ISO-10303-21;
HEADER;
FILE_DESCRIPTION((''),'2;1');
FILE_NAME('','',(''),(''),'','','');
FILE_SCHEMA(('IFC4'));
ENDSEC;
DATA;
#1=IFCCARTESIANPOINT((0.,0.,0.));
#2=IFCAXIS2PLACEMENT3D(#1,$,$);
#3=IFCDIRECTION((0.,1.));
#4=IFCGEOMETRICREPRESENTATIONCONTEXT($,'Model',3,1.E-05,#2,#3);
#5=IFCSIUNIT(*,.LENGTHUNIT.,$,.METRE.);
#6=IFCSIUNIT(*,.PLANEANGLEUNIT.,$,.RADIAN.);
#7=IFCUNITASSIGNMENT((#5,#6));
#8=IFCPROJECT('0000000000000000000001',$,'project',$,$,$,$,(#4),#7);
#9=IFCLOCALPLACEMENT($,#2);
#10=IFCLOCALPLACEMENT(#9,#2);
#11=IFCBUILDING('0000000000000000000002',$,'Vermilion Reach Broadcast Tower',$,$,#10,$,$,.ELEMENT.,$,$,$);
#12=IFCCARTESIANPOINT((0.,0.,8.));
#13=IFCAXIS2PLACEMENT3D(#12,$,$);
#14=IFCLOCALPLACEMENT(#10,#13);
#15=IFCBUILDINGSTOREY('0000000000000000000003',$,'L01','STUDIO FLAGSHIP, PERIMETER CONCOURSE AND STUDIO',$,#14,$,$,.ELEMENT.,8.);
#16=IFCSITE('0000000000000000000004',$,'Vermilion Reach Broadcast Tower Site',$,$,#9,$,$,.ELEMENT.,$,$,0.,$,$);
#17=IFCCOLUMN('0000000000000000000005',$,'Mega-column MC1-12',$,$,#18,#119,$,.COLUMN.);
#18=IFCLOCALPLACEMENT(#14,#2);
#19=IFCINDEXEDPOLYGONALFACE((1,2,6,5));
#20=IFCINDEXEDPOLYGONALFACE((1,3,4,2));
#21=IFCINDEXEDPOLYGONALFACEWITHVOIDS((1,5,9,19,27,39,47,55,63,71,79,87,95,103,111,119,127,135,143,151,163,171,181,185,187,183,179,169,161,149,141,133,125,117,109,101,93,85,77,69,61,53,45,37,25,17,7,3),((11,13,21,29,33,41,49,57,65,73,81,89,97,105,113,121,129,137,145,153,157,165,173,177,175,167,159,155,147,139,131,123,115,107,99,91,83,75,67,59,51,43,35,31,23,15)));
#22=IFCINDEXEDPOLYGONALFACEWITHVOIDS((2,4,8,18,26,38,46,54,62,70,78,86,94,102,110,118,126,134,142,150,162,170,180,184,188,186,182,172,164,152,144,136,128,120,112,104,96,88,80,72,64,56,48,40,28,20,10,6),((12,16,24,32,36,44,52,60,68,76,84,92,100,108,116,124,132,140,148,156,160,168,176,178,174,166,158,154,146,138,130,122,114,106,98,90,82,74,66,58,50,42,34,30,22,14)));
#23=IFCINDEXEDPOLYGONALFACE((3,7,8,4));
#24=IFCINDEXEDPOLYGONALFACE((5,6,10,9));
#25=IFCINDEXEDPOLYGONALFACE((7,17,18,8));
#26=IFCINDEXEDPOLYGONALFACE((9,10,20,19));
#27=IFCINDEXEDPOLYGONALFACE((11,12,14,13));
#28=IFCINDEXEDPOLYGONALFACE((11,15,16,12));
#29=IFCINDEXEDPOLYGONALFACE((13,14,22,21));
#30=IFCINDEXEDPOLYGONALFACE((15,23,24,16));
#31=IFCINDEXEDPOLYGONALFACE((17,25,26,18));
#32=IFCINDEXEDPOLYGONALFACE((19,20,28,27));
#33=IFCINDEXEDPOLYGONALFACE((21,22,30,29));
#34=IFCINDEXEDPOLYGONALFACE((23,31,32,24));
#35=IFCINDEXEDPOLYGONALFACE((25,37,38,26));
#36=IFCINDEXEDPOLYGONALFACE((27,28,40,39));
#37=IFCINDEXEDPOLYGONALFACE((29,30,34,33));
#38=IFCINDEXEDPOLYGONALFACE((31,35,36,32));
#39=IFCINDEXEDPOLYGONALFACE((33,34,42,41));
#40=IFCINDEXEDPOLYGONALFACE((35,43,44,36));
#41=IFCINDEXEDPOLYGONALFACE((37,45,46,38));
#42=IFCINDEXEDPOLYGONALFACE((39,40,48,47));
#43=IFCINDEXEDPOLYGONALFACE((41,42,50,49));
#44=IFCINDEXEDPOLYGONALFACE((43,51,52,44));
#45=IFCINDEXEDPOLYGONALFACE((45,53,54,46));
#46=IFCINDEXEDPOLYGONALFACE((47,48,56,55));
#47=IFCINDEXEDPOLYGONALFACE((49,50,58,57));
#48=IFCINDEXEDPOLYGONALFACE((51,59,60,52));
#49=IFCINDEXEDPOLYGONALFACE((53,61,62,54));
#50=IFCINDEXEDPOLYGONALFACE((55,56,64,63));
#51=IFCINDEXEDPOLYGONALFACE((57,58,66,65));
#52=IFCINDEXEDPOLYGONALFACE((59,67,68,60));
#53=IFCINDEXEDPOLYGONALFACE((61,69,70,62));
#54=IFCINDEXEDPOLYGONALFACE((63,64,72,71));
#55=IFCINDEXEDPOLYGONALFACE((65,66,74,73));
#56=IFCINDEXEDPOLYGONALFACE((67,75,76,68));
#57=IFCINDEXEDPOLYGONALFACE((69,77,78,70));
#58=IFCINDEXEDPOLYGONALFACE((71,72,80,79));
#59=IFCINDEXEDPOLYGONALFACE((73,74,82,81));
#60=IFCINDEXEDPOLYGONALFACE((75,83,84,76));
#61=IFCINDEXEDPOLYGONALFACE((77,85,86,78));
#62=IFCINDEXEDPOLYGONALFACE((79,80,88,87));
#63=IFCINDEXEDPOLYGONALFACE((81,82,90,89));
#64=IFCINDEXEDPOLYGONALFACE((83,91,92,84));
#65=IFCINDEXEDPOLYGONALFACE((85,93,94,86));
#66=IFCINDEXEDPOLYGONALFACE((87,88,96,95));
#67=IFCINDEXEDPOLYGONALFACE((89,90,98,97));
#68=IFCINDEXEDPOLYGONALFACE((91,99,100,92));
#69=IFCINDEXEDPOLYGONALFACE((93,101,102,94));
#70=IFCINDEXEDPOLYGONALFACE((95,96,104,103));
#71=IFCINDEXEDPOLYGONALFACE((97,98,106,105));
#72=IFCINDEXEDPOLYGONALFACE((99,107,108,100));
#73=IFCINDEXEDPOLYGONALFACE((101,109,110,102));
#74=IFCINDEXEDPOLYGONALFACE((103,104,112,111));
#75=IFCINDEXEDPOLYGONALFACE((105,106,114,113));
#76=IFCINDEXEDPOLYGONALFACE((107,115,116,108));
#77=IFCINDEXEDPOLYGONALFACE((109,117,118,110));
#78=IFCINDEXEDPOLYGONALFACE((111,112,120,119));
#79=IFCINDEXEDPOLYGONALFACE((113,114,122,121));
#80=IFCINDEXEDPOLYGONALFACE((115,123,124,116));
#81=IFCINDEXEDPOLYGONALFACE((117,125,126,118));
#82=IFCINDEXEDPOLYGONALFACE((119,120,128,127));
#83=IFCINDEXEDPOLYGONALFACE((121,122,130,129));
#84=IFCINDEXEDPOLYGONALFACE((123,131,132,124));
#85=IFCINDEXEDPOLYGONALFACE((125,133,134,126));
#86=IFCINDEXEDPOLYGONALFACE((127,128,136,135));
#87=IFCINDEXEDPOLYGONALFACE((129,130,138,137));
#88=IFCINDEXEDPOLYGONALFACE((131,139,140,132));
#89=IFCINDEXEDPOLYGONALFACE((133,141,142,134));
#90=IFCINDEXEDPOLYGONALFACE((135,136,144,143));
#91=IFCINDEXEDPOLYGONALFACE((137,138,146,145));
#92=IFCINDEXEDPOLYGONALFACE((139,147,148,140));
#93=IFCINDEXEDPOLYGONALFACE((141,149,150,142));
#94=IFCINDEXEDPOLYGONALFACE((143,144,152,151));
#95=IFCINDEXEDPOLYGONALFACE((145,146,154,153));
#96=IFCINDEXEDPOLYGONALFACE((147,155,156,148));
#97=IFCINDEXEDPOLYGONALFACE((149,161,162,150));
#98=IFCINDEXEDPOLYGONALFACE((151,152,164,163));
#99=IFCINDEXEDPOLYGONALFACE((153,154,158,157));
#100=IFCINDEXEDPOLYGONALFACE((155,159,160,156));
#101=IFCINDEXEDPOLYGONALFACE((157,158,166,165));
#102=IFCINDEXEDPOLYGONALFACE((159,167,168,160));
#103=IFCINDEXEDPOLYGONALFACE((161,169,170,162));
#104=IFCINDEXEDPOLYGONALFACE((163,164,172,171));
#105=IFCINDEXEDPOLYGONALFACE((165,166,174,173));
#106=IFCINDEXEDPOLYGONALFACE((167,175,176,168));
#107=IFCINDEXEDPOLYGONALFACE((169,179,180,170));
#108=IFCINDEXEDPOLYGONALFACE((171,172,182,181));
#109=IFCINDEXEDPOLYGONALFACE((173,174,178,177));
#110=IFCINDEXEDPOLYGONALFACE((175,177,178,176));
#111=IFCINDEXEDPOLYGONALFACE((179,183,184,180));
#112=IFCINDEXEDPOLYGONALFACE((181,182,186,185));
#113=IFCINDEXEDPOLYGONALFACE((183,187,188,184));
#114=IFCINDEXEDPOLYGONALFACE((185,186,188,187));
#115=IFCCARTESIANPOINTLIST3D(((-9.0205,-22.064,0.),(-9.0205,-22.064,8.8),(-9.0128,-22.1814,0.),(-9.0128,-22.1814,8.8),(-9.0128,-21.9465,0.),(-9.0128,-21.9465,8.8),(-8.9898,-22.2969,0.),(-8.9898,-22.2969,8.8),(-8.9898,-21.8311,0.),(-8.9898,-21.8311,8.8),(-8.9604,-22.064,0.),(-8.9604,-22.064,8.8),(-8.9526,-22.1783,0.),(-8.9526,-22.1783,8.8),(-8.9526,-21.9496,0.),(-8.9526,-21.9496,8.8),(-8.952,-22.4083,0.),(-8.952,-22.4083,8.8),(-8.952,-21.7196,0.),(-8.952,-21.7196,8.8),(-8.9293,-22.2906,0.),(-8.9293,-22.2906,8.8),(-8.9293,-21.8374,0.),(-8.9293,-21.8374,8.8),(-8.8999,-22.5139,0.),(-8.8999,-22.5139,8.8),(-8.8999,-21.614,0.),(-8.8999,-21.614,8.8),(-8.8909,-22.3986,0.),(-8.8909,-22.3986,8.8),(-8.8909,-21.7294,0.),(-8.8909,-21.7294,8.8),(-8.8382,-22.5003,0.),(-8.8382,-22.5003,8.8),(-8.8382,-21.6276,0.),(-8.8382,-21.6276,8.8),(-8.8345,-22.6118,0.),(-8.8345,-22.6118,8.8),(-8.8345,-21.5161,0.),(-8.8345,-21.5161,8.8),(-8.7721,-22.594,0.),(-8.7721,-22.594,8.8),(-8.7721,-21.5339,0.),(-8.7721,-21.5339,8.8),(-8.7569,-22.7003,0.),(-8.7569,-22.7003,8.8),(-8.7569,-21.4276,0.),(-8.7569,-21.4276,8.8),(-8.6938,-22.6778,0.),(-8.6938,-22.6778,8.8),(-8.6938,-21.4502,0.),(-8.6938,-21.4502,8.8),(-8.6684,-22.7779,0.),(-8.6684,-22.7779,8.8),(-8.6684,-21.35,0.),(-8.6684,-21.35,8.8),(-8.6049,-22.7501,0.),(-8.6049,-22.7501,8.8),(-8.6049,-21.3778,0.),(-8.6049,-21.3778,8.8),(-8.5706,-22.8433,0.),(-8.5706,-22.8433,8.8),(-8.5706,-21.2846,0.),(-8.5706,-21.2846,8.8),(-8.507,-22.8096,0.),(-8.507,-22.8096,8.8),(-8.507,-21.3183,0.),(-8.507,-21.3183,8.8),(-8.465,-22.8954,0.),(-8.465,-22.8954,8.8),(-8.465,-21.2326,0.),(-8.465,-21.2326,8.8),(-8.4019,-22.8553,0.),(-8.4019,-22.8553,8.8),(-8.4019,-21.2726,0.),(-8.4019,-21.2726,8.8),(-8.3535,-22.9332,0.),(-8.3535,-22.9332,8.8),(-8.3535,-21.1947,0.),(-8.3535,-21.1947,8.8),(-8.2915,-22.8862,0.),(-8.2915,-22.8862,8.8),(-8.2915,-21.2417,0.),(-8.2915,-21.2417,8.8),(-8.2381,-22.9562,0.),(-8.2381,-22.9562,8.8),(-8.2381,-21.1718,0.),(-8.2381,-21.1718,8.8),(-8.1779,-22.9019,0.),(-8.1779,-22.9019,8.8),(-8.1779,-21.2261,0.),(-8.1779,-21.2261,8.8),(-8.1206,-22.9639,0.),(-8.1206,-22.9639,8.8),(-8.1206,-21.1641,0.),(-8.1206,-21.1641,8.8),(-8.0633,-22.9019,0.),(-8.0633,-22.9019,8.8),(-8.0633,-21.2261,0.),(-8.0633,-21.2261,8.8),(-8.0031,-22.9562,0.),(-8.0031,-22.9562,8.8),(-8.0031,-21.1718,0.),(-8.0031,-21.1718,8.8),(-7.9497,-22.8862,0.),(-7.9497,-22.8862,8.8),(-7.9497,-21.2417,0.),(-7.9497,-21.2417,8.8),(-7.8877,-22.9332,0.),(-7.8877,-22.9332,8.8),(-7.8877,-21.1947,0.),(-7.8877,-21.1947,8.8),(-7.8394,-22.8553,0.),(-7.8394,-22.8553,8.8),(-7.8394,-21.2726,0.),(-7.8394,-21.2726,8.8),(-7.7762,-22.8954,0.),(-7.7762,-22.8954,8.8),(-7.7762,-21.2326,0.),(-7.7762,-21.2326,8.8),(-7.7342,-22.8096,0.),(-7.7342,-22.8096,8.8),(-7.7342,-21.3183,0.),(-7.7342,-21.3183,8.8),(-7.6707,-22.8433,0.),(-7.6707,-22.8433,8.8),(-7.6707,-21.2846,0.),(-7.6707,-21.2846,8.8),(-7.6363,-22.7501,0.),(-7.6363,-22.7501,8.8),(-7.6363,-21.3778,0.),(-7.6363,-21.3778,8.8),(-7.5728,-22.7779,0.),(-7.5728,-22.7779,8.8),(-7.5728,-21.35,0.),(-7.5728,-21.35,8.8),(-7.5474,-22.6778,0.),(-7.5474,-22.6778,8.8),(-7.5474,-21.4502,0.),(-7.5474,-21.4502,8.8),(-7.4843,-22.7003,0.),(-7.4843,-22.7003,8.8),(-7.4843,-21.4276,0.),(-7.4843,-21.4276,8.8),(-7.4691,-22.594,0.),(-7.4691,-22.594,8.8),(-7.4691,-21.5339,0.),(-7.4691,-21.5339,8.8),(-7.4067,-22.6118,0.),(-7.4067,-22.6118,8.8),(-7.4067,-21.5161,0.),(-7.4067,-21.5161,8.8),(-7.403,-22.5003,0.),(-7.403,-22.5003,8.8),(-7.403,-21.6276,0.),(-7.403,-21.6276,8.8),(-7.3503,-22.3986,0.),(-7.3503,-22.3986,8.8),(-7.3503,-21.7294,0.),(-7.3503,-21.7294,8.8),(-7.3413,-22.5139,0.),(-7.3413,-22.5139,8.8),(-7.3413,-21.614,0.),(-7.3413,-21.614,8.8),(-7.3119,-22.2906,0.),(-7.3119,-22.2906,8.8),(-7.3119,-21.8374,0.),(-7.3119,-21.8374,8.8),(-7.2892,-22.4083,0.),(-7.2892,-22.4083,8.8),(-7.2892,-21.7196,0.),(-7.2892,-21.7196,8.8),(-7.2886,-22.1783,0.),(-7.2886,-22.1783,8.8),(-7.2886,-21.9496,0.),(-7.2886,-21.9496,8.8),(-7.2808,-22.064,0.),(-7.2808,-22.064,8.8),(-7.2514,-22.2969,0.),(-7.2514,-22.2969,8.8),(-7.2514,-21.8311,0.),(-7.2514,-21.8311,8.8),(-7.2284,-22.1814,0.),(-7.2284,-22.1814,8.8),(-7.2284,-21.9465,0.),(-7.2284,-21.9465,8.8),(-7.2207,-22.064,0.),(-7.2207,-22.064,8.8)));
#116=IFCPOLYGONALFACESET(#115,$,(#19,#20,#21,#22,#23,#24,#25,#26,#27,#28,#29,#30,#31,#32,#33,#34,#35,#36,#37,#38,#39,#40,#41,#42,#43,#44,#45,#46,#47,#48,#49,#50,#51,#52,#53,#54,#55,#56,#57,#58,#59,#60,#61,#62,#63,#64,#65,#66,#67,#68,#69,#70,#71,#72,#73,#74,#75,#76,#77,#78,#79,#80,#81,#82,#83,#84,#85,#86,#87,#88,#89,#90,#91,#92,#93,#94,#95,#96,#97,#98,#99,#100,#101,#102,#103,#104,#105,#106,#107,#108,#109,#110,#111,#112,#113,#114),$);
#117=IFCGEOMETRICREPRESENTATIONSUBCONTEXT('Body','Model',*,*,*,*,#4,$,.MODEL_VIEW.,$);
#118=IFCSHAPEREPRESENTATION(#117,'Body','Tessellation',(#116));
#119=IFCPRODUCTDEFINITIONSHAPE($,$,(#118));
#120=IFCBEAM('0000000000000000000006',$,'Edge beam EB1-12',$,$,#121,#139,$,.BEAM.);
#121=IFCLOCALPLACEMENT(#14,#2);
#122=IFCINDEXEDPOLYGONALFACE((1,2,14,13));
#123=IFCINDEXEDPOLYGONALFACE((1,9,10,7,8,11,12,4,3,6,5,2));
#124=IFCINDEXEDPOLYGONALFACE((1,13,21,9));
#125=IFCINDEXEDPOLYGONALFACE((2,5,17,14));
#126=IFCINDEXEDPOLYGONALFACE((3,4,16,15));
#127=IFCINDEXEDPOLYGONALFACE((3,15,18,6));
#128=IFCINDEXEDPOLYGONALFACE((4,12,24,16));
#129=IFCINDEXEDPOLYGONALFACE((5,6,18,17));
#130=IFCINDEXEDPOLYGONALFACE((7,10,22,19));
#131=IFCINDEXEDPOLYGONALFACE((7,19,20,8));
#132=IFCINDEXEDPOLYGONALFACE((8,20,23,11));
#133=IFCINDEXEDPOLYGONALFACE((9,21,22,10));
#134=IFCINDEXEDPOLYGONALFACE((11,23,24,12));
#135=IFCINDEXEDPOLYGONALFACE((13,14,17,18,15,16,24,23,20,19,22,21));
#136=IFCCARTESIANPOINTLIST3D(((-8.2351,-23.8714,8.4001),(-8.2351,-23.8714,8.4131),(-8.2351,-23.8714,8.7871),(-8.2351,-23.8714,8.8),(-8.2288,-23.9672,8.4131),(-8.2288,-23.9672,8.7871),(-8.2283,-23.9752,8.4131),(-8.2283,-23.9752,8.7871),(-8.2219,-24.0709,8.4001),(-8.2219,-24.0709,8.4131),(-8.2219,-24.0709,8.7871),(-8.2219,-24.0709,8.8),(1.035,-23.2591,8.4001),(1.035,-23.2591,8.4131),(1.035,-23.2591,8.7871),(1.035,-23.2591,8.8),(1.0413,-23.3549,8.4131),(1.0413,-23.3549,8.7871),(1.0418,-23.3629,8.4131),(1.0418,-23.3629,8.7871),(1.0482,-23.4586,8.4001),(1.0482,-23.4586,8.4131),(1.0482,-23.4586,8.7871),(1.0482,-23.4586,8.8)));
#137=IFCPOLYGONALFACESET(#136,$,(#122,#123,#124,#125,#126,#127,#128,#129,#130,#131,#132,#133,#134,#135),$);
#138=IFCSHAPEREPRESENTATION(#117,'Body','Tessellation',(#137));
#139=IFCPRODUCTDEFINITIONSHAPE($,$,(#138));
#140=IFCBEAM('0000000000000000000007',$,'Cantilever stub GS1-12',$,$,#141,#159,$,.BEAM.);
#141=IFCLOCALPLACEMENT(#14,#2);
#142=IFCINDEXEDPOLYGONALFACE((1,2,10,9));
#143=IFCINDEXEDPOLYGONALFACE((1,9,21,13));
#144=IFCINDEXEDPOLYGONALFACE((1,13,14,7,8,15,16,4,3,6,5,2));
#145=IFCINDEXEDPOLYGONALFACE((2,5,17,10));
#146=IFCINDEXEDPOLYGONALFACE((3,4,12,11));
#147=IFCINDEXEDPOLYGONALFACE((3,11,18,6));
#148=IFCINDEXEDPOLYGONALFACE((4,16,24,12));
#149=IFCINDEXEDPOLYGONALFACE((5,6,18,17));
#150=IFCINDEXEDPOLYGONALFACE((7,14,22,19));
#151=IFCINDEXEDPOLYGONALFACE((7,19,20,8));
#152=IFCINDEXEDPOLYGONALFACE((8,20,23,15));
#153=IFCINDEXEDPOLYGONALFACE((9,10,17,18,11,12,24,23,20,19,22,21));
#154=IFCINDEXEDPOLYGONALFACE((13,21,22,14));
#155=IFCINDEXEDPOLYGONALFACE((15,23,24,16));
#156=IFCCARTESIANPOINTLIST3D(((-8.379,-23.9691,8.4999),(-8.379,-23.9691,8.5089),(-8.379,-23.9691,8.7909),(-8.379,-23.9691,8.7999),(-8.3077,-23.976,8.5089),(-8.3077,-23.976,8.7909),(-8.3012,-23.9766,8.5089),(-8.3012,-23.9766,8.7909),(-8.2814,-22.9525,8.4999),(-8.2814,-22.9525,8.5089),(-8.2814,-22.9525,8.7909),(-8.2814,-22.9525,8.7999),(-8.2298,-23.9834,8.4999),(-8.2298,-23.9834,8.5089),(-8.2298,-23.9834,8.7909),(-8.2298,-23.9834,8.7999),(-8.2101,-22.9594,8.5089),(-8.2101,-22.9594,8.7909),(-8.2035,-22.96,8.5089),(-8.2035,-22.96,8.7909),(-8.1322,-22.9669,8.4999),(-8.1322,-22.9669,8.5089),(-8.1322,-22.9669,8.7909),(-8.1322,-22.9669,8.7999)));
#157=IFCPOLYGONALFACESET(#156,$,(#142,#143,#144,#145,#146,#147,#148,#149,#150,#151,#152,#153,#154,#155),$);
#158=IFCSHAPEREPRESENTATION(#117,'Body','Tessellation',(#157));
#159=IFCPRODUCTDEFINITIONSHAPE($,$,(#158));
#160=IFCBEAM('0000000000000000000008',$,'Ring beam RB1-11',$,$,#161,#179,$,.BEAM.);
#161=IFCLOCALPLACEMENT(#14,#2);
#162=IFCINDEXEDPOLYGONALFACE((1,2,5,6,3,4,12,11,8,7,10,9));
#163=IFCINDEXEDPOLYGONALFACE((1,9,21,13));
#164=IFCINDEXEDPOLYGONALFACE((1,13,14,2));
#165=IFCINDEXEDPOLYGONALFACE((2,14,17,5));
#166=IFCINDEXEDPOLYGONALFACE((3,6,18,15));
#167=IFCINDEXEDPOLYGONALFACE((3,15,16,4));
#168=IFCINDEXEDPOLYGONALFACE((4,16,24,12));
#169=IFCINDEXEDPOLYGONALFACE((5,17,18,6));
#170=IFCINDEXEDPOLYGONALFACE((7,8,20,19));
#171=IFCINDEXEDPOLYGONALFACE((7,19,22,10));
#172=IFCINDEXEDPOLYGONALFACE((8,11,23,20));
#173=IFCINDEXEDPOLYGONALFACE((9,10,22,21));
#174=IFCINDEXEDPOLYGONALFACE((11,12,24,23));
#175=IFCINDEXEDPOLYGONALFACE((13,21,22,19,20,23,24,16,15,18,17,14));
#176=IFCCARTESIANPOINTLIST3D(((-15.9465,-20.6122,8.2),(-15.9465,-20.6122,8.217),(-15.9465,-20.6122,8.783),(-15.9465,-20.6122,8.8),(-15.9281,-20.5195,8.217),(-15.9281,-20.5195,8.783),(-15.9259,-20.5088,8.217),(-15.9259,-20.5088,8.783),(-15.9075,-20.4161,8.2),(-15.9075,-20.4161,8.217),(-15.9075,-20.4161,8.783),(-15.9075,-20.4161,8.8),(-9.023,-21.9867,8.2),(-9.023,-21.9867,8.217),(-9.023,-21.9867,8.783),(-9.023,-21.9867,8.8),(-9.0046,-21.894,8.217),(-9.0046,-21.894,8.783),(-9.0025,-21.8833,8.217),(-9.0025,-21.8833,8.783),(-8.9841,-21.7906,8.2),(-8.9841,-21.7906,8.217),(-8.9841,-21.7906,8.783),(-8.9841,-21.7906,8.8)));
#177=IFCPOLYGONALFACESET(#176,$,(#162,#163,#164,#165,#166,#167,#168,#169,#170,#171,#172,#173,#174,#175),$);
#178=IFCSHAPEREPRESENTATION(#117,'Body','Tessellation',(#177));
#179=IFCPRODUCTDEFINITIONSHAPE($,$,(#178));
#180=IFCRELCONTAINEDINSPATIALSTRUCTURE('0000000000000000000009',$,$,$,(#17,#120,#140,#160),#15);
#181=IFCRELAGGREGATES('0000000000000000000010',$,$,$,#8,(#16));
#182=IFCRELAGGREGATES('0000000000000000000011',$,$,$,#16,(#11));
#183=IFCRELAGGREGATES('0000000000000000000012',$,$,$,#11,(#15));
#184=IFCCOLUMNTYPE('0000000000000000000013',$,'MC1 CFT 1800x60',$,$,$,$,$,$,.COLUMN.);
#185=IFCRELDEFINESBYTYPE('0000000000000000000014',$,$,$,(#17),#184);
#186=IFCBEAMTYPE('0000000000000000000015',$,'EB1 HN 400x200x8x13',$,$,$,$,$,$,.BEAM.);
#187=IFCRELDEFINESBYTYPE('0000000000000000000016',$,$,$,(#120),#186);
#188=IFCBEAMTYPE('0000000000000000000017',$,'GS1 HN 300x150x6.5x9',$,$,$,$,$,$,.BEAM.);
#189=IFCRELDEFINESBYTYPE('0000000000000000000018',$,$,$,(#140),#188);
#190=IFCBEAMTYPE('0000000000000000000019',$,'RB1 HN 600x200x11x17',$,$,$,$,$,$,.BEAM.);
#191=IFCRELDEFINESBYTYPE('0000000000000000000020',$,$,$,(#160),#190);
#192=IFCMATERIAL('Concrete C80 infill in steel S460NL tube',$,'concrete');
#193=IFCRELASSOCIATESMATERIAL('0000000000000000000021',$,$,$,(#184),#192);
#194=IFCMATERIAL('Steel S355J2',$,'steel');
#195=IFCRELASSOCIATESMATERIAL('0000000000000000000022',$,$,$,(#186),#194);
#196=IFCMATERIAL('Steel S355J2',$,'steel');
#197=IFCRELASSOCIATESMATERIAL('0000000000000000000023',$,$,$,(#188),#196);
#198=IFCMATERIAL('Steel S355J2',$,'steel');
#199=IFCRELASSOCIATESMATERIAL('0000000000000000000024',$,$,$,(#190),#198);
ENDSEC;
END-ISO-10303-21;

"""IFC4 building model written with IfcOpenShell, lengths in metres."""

from ifc_helpers import new_model, si_unit, direction, frame, origin, origin_2d, place, context, subcontext, project, spatial, hollow_circle, i_section, extrude, material, material_profile, profile_set, type_object, element, save


model = new_model("IFC4")

# Units and contexts
model_context = context("Model", 3, precision=1e-05, world=origin(), true_north=direction((0.0, 1.0)))
body_context = subcontext(model_context, "Body", "Model", "MODEL_VIEW")
ifc_project = project(units=[si_unit("LENGTHUNIT", "METRE"), si_unit("PLANEANGLEUNIT", "RADIAN")], contexts=[model_context])

# Site, building, storey
site_placement = place(None, origin())
site = spatial("IfcSite", under=ifc_project, at=site_placement, Name="Vermilion Reach Broadcast Tower Site", CompositionType="ELEMENT", RefElevation=0.0)
building_placement = place(site_placement, origin())
building = spatial("IfcBuilding", under=site, at=building_placement, Name="Vermilion Reach Broadcast Tower", CompositionType="ELEMENT")
storey_placement = place(building_placement, frame((0.0, 0.0, 8.0)))
storey = spatial("IfcBuildingStorey", under=building, at=storey_placement, Name="L01", Description="STUDIO FLAGSHIP, PERIMETER CONCOURSE AND STUDIO", CompositionType="ELEMENT", Elevation=8.0)

# Column
ifc_material_1 = material(Name="Concrete C80 infill in steel S460NL tube", Category="concrete")
ifc_material_profile_1 = material_profile(ifc_material_1, hollow_circle(Radius=0.8999, WallThickness=0.0601, at=origin_2d()), Name="Concrete C80 infill in steel S460NL tube CFT 1800x60")
ifc_profile_set_1 = profile_set([ifc_material_profile_1], Name="Concrete C80 infill in steel S460NL tube")
column_type = type_object("IfcColumnType", Name="MC1 CFT 1800x60", PredefinedType="COLUMN", material=ifc_profile_set_1)
for number, where, z_axis, x_axis, name in (
    (1, (-8.1206, -22.064, 0.0), (0.0, 0.0, 1.0), (1.0, 0.0, 0.0), "Mega-column MC1-12"),
):
    element("IfcColumn", number, at=place(storey_placement, frame(where, z_axis=z_axis, x_axis=x_axis)), inside=storey, type_object=column_type, Name=name, PredefinedType="COLUMN", context=body_context, shape_type="SweptSolid", body=[
        extrude(hollow_circle(Radius=0.8999, WallThickness=0.0601, at=origin_2d()), origin(), (0.0, 0.0, 1.0), 8.8),
    ])

# Beams
ifc_material_2 = material(Name="Steel S355J2", Category="steel")
ifc_material_profile_2 = material_profile(ifc_material_2, i_section(OverallWidth=0.2, OverallDepth=0.3999, WebThickness=0.0081, FlangeThickness=0.0129, at=origin_2d()), Name="S355J2 HN 400x200x8x13")
ifc_profile_set_2 = profile_set([ifc_material_profile_2], Name="Steel S355J2")
beam_type_1 = type_object("IfcBeamType", Name="EB1 HN 400x200x8x13", PredefinedType="BEAM", material=ifc_profile_set_2)
beam_1_placement = place(storey_placement, frame((-8.2285, -23.9712, 8.6001), z_axis=(0.997826, 0.065909, 0.0), x_axis=(-0.065909, 0.997826, 0.0)))
element("IfcBeam", 2, at=beam_1_placement, inside=storey, type_object=beam_type_1, Name="Edge beam EB1-12", PredefinedType="BEAM", context=body_context, shape_type="SweptSolid", body=[
    extrude(i_section(OverallWidth=0.2, OverallDepth=0.3999, WebThickness=0.0081, FlangeThickness=0.0129, at=origin_2d()), origin(), (0.0, 0.0, 1.0), 9.2903),
])
ifc_material_3 = material(Name="Steel S355J2", Category="steel")
ifc_material_profile_3 = material_profile(ifc_material_3, i_section(OverallWidth=0.1499, OverallDepth=0.3, WebThickness=0.0066, FlangeThickness=0.009, at=origin_2d()), Name="S355J2 HN 300x150x6.5x9")
ifc_profile_set_3 = profile_set([ifc_material_profile_3], Name="Steel S355J2")
beam_type_2 = type_object("IfcBeamType", Name="GS1 HN 300x150x6.5x9", PredefinedType="BEAM", material=ifc_profile_set_3)
beam_2_placement = place(storey_placement, frame((-8.2068, -22.9597, 8.6499), z_axis=(-0.095621, -0.995418, 0.0), x_axis=(0.995418, -0.095621, 0.0)))
element("IfcBeam", 3, at=beam_2_placement, inside=storey, type_object=beam_type_2, Name="Cantilever stub GS1-12", PredefinedType="BEAM", context=body_context, shape_type="SweptSolid", body=[
    extrude(i_section(OverallWidth=0.1499, OverallDepth=0.3, WebThickness=0.0066, FlangeThickness=0.009, at=origin_2d()), origin(), (0.0, 0.0, 1.0), 1.0212),
])
ifc_material_4 = material(Name="Steel S355J2", Category="steel")
ifc_material_profile_4 = material_profile(ifc_material_4, i_section(OverallWidth=0.2, OverallDepth=0.6001, WebThickness=0.011, FlangeThickness=0.0171, at=origin_2d()), Name="S355J2 HN 600x200x11x17")
ifc_profile_set_4 = profile_set([ifc_material_profile_4], Name="Steel S355J2")
beam_type_3 = type_object("IfcBeamType", Name="RB1 HN 600x200x11x17", PredefinedType="BEAM", material=ifc_profile_set_4)
beam_3_placement = place(storey_placement, frame((-15.927, -20.5142, 8.5), z_axis=(0.980858, -0.194726, 0.0), x_axis=(0.194726, 0.980858, 0.0)))
element("IfcBeam", 4, at=beam_3_placement, inside=storey, type_object=beam_type_3, Name="Ring beam RB1-11", PredefinedType="BEAM", context=body_context, shape_type="SweptSolid", body=[
    extrude(i_section(OverallWidth=0.2, OverallDepth=0.6001, WebThickness=0.011, FlangeThickness=0.0171, at=origin_2d()), origin(), (0.0, 0.0, 1.0), 7.0586),
])

save(model, "model.ifc")
